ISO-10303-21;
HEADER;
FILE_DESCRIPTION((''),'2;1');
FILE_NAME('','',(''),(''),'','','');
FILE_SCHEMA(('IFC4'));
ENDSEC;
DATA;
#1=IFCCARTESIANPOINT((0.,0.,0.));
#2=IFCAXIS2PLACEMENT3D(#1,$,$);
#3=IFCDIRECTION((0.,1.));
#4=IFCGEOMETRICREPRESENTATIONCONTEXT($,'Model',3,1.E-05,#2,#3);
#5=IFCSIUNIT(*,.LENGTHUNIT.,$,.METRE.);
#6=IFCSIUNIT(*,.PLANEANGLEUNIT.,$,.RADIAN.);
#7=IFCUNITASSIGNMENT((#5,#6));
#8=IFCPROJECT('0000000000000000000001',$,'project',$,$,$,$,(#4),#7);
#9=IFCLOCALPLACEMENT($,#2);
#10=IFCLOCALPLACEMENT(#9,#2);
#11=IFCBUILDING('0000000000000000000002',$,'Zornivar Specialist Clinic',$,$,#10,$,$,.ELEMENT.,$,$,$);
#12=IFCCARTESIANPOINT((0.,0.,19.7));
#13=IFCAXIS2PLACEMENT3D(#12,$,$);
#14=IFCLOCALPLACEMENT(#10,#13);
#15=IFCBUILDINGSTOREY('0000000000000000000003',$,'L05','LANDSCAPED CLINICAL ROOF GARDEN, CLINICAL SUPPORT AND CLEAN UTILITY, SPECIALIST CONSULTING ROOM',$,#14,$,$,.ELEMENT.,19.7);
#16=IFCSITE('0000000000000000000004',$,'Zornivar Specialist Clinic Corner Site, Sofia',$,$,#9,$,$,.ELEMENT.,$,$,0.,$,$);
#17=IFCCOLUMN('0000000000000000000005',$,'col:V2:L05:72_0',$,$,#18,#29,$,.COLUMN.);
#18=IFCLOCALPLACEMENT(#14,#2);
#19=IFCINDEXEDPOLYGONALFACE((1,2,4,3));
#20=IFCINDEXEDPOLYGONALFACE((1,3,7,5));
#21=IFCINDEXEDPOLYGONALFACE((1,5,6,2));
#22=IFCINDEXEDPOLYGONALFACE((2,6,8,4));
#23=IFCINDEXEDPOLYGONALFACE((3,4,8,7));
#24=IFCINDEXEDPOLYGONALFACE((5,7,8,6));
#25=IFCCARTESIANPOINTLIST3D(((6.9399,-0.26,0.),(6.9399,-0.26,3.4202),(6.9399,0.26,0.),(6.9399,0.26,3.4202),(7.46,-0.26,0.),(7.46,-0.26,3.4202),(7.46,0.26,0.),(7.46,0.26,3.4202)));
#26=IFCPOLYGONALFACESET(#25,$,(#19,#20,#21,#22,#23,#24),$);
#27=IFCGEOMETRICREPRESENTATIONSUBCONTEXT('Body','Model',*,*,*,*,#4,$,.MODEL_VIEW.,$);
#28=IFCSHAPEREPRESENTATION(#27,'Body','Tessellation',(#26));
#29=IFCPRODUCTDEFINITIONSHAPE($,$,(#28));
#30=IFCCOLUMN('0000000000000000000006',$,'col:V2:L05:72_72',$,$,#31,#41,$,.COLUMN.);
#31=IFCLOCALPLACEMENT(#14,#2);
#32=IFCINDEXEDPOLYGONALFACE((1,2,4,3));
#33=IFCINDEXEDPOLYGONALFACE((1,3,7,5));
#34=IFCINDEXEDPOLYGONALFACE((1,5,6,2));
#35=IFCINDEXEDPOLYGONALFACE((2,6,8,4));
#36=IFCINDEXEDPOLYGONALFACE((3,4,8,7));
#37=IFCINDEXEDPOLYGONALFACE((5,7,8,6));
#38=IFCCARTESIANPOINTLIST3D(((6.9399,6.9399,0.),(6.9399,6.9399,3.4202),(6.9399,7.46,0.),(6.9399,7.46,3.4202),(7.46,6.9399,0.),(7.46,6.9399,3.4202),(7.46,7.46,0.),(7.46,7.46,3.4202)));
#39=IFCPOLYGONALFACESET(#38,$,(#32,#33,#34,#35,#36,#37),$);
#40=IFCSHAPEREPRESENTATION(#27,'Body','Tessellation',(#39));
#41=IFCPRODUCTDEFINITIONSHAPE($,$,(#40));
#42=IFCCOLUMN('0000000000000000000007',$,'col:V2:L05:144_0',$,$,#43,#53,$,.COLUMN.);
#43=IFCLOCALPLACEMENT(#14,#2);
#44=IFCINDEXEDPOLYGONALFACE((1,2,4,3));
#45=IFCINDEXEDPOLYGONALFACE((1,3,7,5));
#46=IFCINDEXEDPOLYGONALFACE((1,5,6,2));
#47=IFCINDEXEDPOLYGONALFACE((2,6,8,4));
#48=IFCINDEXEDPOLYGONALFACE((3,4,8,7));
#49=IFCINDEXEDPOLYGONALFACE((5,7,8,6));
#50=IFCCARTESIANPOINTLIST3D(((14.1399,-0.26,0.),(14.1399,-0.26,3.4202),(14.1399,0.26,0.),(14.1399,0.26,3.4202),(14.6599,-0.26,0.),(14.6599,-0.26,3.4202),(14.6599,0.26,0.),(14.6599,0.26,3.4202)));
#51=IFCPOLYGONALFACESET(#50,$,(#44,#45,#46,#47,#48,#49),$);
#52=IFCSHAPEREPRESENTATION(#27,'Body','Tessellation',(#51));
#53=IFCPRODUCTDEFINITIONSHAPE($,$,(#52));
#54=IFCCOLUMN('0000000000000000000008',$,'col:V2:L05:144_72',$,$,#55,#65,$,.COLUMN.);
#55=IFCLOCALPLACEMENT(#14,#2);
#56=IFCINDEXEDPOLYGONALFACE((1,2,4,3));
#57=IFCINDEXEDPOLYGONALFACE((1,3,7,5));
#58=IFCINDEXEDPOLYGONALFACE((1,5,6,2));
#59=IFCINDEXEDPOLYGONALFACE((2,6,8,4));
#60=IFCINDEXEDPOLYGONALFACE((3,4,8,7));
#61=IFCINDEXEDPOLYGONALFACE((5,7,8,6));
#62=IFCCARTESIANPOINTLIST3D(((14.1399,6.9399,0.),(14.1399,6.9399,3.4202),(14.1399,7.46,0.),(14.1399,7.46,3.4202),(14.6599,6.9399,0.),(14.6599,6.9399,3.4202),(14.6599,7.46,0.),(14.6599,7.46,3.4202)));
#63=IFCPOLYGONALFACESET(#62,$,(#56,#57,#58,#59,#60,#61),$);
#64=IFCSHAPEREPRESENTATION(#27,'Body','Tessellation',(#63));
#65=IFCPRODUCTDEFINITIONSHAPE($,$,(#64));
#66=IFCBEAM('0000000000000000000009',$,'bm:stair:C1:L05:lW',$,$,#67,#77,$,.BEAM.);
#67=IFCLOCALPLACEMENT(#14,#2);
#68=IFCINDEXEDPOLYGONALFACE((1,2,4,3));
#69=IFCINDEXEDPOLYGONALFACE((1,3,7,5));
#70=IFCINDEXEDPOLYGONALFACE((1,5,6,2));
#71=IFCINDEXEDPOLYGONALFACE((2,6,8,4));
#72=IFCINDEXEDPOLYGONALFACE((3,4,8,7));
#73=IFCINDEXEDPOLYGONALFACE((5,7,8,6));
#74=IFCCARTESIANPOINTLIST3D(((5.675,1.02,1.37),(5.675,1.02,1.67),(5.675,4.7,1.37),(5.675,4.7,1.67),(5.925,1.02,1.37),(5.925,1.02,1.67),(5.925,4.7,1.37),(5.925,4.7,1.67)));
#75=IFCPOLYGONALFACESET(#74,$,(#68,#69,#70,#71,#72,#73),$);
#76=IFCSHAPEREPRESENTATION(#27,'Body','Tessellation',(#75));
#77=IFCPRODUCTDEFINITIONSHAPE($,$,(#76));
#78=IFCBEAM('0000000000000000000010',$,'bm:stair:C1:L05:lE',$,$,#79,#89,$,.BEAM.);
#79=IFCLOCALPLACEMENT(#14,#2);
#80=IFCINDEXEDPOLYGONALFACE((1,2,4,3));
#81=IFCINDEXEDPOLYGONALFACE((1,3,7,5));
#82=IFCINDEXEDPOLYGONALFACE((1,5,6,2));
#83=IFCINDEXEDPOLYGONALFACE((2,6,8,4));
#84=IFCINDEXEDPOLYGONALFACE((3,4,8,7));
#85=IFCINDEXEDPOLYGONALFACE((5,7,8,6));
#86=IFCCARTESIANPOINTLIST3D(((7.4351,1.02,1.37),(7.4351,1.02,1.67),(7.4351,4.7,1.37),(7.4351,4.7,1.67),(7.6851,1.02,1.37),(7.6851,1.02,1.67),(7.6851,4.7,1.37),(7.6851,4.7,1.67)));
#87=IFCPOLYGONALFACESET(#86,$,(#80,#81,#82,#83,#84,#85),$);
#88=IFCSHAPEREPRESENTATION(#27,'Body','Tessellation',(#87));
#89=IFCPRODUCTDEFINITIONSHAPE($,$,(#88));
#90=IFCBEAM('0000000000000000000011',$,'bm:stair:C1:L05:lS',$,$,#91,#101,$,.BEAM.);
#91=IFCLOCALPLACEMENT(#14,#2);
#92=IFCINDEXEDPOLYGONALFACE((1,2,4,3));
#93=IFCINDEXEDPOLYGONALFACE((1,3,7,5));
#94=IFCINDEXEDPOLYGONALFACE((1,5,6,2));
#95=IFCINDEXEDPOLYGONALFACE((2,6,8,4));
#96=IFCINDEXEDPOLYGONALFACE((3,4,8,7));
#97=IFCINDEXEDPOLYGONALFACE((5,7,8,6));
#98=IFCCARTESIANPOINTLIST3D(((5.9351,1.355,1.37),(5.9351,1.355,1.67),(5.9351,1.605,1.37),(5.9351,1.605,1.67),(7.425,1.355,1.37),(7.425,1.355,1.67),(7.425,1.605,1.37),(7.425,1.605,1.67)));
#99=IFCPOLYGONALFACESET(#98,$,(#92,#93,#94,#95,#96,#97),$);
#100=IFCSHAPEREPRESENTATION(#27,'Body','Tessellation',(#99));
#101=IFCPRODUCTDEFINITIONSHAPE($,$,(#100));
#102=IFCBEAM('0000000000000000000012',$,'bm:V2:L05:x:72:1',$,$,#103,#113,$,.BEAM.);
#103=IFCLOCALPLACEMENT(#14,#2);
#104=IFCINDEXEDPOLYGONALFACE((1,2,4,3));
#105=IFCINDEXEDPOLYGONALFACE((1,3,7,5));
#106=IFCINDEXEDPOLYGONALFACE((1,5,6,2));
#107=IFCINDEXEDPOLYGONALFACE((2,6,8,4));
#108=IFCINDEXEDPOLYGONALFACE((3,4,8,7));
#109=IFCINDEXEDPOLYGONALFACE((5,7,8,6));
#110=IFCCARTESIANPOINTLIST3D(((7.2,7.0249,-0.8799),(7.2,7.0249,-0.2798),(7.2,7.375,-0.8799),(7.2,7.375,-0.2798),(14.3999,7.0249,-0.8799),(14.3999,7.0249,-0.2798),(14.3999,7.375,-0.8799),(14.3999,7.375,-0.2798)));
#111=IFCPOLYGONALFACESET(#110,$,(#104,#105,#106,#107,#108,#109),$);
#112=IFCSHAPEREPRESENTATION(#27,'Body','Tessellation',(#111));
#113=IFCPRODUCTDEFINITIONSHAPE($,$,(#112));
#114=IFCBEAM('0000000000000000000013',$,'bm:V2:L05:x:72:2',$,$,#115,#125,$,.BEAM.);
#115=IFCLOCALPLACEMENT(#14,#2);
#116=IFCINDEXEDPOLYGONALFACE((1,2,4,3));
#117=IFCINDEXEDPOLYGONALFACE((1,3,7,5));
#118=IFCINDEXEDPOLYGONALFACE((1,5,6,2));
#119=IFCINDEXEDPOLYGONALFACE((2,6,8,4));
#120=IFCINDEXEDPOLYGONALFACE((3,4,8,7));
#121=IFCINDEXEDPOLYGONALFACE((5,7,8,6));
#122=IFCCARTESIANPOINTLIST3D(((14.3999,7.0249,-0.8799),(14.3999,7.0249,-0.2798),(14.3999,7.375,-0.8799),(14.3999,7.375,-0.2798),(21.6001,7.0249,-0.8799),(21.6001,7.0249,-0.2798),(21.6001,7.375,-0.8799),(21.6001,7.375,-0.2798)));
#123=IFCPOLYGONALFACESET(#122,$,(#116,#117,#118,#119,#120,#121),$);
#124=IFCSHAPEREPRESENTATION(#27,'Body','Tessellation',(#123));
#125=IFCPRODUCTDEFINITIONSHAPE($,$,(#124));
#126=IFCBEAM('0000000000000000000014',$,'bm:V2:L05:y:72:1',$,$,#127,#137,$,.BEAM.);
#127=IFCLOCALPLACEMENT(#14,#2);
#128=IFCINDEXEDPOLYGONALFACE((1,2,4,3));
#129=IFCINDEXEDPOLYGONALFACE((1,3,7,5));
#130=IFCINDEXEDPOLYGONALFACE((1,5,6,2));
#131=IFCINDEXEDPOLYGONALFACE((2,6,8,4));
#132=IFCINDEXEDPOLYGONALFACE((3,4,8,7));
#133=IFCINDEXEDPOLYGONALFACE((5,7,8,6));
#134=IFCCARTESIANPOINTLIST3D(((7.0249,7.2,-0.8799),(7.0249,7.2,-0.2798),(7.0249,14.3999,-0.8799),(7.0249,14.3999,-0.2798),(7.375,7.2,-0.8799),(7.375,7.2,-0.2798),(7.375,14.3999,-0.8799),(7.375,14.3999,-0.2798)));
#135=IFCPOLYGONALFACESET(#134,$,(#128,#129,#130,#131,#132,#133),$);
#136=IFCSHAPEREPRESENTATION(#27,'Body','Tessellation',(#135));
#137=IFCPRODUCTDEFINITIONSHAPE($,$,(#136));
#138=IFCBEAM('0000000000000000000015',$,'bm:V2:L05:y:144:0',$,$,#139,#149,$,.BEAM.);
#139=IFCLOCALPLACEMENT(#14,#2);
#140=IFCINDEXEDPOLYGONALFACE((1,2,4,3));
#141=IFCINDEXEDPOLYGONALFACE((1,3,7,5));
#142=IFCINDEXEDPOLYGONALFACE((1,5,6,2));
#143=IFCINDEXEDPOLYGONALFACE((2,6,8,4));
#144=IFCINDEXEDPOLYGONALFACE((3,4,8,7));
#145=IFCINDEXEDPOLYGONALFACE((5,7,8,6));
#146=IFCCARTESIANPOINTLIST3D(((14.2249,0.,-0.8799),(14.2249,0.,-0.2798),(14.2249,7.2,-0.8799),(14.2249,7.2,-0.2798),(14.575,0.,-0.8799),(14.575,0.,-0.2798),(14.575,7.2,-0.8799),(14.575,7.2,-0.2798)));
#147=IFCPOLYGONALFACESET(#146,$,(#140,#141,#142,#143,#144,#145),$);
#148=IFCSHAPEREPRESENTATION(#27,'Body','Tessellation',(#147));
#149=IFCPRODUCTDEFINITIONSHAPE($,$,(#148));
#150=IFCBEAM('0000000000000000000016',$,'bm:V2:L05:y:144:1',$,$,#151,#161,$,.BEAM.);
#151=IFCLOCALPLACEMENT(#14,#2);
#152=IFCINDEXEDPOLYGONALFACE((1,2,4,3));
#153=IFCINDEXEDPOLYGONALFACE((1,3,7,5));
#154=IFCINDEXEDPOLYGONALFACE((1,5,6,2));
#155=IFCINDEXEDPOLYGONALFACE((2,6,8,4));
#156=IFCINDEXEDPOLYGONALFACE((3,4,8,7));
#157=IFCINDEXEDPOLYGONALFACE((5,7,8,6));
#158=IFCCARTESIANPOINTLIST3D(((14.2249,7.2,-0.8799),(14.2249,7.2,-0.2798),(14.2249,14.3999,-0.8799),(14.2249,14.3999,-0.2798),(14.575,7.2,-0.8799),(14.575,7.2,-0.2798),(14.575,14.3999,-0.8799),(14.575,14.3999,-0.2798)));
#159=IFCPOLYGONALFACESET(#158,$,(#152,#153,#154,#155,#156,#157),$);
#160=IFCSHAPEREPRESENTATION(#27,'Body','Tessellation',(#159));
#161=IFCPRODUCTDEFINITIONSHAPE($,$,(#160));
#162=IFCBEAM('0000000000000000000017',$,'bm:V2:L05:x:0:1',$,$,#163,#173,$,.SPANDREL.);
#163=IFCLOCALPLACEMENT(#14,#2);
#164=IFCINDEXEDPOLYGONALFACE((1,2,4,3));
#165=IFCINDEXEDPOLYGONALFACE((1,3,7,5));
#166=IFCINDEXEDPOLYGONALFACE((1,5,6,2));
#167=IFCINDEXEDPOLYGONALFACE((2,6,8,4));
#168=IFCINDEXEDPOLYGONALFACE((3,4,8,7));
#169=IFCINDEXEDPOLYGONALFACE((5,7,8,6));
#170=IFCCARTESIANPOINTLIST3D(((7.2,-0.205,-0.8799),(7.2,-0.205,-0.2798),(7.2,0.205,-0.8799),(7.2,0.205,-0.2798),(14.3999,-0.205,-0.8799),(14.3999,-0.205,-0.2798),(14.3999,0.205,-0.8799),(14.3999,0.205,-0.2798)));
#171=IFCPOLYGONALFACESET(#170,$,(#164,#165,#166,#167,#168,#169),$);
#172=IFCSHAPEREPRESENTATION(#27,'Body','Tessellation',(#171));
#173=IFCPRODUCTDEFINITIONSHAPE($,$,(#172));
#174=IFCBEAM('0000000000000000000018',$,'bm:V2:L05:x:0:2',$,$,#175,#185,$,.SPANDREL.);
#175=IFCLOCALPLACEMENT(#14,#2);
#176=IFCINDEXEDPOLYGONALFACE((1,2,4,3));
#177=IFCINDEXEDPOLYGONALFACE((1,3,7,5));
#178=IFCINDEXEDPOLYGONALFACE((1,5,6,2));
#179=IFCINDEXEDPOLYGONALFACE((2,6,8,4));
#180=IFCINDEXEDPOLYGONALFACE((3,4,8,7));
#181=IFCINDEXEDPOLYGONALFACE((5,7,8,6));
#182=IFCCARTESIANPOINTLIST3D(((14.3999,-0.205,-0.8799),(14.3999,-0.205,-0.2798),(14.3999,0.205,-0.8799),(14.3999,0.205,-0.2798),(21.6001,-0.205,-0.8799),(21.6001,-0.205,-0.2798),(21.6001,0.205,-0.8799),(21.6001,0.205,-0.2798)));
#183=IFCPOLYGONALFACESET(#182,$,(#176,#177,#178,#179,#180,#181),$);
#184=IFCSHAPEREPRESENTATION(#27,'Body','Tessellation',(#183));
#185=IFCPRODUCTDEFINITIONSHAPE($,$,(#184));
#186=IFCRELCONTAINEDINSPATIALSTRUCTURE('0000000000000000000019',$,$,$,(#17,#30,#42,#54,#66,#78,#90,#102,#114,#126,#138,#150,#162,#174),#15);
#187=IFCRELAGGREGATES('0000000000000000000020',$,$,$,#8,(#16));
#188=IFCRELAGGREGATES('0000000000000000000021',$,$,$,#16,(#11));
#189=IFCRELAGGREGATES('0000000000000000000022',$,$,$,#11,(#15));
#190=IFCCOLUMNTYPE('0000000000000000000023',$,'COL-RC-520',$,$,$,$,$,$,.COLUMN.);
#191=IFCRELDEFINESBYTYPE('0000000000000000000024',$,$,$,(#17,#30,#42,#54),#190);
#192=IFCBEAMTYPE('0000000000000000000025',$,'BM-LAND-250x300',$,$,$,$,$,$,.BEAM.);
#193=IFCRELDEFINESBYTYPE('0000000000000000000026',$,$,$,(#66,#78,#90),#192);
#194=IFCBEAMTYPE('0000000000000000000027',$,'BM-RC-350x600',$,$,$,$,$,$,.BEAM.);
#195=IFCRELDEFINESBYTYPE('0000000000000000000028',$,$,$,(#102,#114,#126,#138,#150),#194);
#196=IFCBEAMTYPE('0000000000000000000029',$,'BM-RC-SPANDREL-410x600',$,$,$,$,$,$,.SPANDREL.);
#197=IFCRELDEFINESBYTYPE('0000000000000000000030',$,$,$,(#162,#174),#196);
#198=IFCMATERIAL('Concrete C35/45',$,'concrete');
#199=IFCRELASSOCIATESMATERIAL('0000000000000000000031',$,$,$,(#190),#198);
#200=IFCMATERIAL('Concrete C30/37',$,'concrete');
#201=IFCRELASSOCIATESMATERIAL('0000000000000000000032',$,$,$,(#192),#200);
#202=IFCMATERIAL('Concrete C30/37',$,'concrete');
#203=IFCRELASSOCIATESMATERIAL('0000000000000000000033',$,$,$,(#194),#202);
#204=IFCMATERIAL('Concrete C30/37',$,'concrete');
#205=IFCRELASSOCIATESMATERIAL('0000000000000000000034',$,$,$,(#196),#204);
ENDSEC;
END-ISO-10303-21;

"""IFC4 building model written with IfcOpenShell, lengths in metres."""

from ifc_helpers import new_model, si_unit, direction, frame, origin, origin_2d, place, context, subcontext, project, spatial, rectangle, extrude, material, material_profile, profile_set, type_object, element, save


model = new_model("IFC4")

# Units and contexts
model_context = context("Model", 3, precision=1e-05, world=origin(), true_north=direction((0.0, 1.0)))
body_context = subcontext(model_context, "Body", "Model", "MODEL_VIEW")
ifc_project = project(units=[si_unit("LENGTHUNIT", "METRE"), si_unit("PLANEANGLEUNIT", "RADIAN")], contexts=[model_context])

# Site, building, storey
site_placement = place(None, origin())
site = spatial("IfcSite", under=ifc_project, at=site_placement, Name="Zornivar Specialist Clinic Corner Site, Sofia", CompositionType="ELEMENT", RefElevation=0.0)
building_placement = place(site_placement, origin())
building = spatial("IfcBuilding", under=site, at=building_placement, Name="Zornivar Specialist Clinic", CompositionType="ELEMENT")
storey_placement = place(building_placement, frame((0.0, 0.0, 19.7)))
storey = spatial("IfcBuildingStorey", under=building, at=storey_placement, Name="L05", Description="LANDSCAPED CLINICAL ROOF GARDEN, CLINICAL SUPPORT AND CLEAN UTILITY, SPECIALIST CONSULTING ROOM", CompositionType="ELEMENT", Elevation=19.7)

# Columns
ifc_material_1 = material(Name="Concrete C35/45", Category="concrete")
ifc_material_profile_1 = material_profile(ifc_material_1, rectangle(XDim=0.52, YDim=0.52, at=origin_2d()), Name="RC 520x520")
ifc_profile_set_1 = profile_set([ifc_material_profile_1], Name="Concrete C35/45")
column_type = type_object("IfcColumnType", Name="COL-RC-520", PredefinedType="COLUMN", material=ifc_profile_set_1)
for number, where, z_axis, x_axis, name in (
    (1, (7.2, 0.0, 0.0), (0.0, 0.0, 1.0), (1.0, 0.0, 0.0), "col:V2:L05:72_0"),
    (2, (7.2, 7.2, 0.0), (0.0, 0.0, 1.0), (1.0, 0.0, 0.0), "col:V2:L05:72_72"),
    (3, (14.3999, 0.0, 0.0), (0.0, 0.0, 1.0), (1.0, 0.0, 0.0), "col:V2:L05:144_0"),
    (4, (14.3999, 7.2, 0.0), (0.0, 0.0, 1.0), (1.0, 0.0, 0.0), "col:V2:L05:144_72"),
):
    element("IfcColumn", number, at=place(storey_placement, frame(where, z_axis=z_axis, x_axis=x_axis)), inside=storey, type_object=column_type, Name=name, PredefinedType="COLUMN", context=body_context, shape_type="SweptSolid", body=[
        extrude(rectangle(XDim=0.52, YDim=0.52, at=origin_2d()), origin(), (0.0, 0.0, 1.0), 3.4202),
    ])

# Beams
ifc_material_2 = material(Name="Concrete C30/37", Category="concrete")
ifc_material_profile_2 = material_profile(ifc_material_2, rectangle(XDim=0.25, YDim=0.3, at=origin_2d()), Name="RC 250x300")
ifc_profile_set_2 = profile_set([ifc_material_profile_2], Name="Concrete C30/37")
beam_type_1 = type_object("IfcBeamType", Name="BM-LAND-250x300", PredefinedType="BEAM", material=ifc_profile_set_2)
for number, where, z_axis, x_axis, name in (
    (5, (5.8, 1.02, 1.52), (0.0, 1.0, 0.0), (-1.0, 0.0, 0.0), "bm:stair:C1:L05:lW"),
    (6, (7.5601, 1.02, 1.52), (0.0, 1.0, 0.0), (-1.0, 0.0, 0.0), "bm:stair:C1:L05:lE"),
):
    element("IfcBeam", number, at=place(storey_placement, frame(where, z_axis=z_axis, x_axis=x_axis)), inside=storey, type_object=beam_type_1, Name=name, PredefinedType="BEAM", context=body_context, shape_type="SweptSolid", body=[
        extrude(rectangle(XDim=0.25, YDim=0.3, at=origin_2d()), origin(), (0.0, 0.0, 1.0), 3.6799),
    ])
beam_1_placement = place(storey_placement, frame((5.9351, 1.48, 1.52), z_axis=(1.0, 0.0, 0.0), x_axis=(0.0, 1.0, 0.0)))
element("IfcBeam", 7, at=beam_1_placement, inside=storey, type_object=beam_type_1, Name="bm:stair:C1:L05:lS", PredefinedType="BEAM", context=body_context, shape_type="SweptSolid", body=[
    extrude(rectangle(XDim=0.25, YDim=0.3, at=origin_2d()), origin(), (0.0, 0.0, 1.0), 1.49),
])
ifc_material_3 = material(Name="Concrete C30/37", Category="concrete")
ifc_material_profile_3 = material_profile(ifc_material_3, rectangle(XDim=0.3501, YDim=0.6001, at=origin_2d()), Name="RC 350x600")
ifc_profile_set_3 = profile_set([ifc_material_profile_3], Name="Concrete C30/37")
beam_type_2 = type_object("IfcBeamType", Name="BM-RC-350x600", PredefinedType="BEAM", material=ifc_profile_set_3)
beam_2_placement = place(storey_placement, frame((7.2, 7.2, -0.5798), z_axis=(1.0, 0.0, 0.0), x_axis=(0.0, 1.0, 0.0)))
element("IfcBeam", 8, at=beam_2_placement, inside=storey, type_object=beam_type_2, Name="bm:V2:L05:x:72:1", PredefinedType="BEAM", context=body_context, shape_type="SweptSolid", body=[
    extrude(rectangle(XDim=0.3501, YDim=0.6001, at=origin_2d()), origin(), (0.0, 0.0, 1.0), 7.2),
])
beam_3_placement = place(storey_placement, frame((14.3999, 7.2, -0.5798), z_axis=(1.0, 0.0, 0.0), x_axis=(0.0, 1.0, 0.0)))
element("IfcBeam", 9, at=beam_3_placement, inside=storey, type_object=beam_type_2, Name="bm:V2:L05:x:72:2", PredefinedType="BEAM", context=body_context, shape_type="SweptSolid", body=[
    extrude(rectangle(XDim=0.3501, YDim=0.6001, at=origin_2d()), origin(), (0.0, 0.0, 1.0), 7.2002),
])
for number, where, z_axis, x_axis, name in (
    (10, (7.2, 7.2, -0.5798), (0.0, 1.0, 0.0), (-1.0, 0.0, 0.0), "bm:V2:L05:y:72:1"),
    (11, (14.3999, 0.0, -0.5798), (0.0, 1.0, 0.0), (-1.0, 0.0, 0.0), "bm:V2:L05:y:144:0"),
    (12, (14.3999, 7.2, -0.5798), (0.0, 1.0, 0.0), (-1.0, 0.0, 0.0), "bm:V2:L05:y:144:1"),
):
    element("IfcBeam", number, at=place(storey_placement, frame(where, z_axis=z_axis, x_axis=x_axis)), inside=storey, type_object=beam_type_2, Name=name, PredefinedType="BEAM", context=body_context, shape_type="SweptSolid", body=[
        extrude(rectangle(XDim=0.3501, YDim=0.6001, at=origin_2d()), origin(), (0.0, 0.0, 1.0), 7.2),
    ])
ifc_material_4 = material(Name="Concrete C30/37", Category="concrete")
ifc_material_profile_4 = material_profile(ifc_material_4, rectangle(XDim=0.4099, YDim=0.6001, at=origin_2d()), Name="RC 410x600")
ifc_profile_set_4 = profile_set([ifc_material_profile_4], Name="Concrete C30/37")
beam_type_3 = type_object("IfcBeamType", Name="BM-RC-SPANDREL-410x600", PredefinedType="SPANDREL", material=ifc_profile_set_4)
beam_4_placement = place(storey_placement, frame((7.2, 0.0, -0.5798), z_axis=(1.0, 0.0, 0.0), x_axis=(0.0, 1.0, 0.0)))
element("IfcBeam", 13, at=beam_4_placement, inside=storey, type_object=beam_type_3, Name="bm:V2:L05:x:0:1", PredefinedType="SPANDREL", context=body_context, shape_type="SweptSolid", body=[
    extrude(rectangle(XDim=0.4099, YDim=0.6001, at=origin_2d()), origin(), (0.0, 0.0, 1.0), 7.2),
])
beam_5_placement = place(storey_placement, frame((14.3999, 0.0, -0.5798), z_axis=(1.0, 0.0, 0.0), x_axis=(0.0, 1.0, 0.0)))
element("IfcBeam", 14, at=beam_5_placement, inside=storey, type_object=beam_type_3, Name="bm:V2:L05:x:0:2", PredefinedType="SPANDREL", context=body_context, shape_type="SweptSolid", body=[
    extrude(rectangle(XDim=0.4099, YDim=0.6001, at=origin_2d()), origin(), (0.0, 0.0, 1.0), 7.2002),
])

save(model, "model.ifc")
